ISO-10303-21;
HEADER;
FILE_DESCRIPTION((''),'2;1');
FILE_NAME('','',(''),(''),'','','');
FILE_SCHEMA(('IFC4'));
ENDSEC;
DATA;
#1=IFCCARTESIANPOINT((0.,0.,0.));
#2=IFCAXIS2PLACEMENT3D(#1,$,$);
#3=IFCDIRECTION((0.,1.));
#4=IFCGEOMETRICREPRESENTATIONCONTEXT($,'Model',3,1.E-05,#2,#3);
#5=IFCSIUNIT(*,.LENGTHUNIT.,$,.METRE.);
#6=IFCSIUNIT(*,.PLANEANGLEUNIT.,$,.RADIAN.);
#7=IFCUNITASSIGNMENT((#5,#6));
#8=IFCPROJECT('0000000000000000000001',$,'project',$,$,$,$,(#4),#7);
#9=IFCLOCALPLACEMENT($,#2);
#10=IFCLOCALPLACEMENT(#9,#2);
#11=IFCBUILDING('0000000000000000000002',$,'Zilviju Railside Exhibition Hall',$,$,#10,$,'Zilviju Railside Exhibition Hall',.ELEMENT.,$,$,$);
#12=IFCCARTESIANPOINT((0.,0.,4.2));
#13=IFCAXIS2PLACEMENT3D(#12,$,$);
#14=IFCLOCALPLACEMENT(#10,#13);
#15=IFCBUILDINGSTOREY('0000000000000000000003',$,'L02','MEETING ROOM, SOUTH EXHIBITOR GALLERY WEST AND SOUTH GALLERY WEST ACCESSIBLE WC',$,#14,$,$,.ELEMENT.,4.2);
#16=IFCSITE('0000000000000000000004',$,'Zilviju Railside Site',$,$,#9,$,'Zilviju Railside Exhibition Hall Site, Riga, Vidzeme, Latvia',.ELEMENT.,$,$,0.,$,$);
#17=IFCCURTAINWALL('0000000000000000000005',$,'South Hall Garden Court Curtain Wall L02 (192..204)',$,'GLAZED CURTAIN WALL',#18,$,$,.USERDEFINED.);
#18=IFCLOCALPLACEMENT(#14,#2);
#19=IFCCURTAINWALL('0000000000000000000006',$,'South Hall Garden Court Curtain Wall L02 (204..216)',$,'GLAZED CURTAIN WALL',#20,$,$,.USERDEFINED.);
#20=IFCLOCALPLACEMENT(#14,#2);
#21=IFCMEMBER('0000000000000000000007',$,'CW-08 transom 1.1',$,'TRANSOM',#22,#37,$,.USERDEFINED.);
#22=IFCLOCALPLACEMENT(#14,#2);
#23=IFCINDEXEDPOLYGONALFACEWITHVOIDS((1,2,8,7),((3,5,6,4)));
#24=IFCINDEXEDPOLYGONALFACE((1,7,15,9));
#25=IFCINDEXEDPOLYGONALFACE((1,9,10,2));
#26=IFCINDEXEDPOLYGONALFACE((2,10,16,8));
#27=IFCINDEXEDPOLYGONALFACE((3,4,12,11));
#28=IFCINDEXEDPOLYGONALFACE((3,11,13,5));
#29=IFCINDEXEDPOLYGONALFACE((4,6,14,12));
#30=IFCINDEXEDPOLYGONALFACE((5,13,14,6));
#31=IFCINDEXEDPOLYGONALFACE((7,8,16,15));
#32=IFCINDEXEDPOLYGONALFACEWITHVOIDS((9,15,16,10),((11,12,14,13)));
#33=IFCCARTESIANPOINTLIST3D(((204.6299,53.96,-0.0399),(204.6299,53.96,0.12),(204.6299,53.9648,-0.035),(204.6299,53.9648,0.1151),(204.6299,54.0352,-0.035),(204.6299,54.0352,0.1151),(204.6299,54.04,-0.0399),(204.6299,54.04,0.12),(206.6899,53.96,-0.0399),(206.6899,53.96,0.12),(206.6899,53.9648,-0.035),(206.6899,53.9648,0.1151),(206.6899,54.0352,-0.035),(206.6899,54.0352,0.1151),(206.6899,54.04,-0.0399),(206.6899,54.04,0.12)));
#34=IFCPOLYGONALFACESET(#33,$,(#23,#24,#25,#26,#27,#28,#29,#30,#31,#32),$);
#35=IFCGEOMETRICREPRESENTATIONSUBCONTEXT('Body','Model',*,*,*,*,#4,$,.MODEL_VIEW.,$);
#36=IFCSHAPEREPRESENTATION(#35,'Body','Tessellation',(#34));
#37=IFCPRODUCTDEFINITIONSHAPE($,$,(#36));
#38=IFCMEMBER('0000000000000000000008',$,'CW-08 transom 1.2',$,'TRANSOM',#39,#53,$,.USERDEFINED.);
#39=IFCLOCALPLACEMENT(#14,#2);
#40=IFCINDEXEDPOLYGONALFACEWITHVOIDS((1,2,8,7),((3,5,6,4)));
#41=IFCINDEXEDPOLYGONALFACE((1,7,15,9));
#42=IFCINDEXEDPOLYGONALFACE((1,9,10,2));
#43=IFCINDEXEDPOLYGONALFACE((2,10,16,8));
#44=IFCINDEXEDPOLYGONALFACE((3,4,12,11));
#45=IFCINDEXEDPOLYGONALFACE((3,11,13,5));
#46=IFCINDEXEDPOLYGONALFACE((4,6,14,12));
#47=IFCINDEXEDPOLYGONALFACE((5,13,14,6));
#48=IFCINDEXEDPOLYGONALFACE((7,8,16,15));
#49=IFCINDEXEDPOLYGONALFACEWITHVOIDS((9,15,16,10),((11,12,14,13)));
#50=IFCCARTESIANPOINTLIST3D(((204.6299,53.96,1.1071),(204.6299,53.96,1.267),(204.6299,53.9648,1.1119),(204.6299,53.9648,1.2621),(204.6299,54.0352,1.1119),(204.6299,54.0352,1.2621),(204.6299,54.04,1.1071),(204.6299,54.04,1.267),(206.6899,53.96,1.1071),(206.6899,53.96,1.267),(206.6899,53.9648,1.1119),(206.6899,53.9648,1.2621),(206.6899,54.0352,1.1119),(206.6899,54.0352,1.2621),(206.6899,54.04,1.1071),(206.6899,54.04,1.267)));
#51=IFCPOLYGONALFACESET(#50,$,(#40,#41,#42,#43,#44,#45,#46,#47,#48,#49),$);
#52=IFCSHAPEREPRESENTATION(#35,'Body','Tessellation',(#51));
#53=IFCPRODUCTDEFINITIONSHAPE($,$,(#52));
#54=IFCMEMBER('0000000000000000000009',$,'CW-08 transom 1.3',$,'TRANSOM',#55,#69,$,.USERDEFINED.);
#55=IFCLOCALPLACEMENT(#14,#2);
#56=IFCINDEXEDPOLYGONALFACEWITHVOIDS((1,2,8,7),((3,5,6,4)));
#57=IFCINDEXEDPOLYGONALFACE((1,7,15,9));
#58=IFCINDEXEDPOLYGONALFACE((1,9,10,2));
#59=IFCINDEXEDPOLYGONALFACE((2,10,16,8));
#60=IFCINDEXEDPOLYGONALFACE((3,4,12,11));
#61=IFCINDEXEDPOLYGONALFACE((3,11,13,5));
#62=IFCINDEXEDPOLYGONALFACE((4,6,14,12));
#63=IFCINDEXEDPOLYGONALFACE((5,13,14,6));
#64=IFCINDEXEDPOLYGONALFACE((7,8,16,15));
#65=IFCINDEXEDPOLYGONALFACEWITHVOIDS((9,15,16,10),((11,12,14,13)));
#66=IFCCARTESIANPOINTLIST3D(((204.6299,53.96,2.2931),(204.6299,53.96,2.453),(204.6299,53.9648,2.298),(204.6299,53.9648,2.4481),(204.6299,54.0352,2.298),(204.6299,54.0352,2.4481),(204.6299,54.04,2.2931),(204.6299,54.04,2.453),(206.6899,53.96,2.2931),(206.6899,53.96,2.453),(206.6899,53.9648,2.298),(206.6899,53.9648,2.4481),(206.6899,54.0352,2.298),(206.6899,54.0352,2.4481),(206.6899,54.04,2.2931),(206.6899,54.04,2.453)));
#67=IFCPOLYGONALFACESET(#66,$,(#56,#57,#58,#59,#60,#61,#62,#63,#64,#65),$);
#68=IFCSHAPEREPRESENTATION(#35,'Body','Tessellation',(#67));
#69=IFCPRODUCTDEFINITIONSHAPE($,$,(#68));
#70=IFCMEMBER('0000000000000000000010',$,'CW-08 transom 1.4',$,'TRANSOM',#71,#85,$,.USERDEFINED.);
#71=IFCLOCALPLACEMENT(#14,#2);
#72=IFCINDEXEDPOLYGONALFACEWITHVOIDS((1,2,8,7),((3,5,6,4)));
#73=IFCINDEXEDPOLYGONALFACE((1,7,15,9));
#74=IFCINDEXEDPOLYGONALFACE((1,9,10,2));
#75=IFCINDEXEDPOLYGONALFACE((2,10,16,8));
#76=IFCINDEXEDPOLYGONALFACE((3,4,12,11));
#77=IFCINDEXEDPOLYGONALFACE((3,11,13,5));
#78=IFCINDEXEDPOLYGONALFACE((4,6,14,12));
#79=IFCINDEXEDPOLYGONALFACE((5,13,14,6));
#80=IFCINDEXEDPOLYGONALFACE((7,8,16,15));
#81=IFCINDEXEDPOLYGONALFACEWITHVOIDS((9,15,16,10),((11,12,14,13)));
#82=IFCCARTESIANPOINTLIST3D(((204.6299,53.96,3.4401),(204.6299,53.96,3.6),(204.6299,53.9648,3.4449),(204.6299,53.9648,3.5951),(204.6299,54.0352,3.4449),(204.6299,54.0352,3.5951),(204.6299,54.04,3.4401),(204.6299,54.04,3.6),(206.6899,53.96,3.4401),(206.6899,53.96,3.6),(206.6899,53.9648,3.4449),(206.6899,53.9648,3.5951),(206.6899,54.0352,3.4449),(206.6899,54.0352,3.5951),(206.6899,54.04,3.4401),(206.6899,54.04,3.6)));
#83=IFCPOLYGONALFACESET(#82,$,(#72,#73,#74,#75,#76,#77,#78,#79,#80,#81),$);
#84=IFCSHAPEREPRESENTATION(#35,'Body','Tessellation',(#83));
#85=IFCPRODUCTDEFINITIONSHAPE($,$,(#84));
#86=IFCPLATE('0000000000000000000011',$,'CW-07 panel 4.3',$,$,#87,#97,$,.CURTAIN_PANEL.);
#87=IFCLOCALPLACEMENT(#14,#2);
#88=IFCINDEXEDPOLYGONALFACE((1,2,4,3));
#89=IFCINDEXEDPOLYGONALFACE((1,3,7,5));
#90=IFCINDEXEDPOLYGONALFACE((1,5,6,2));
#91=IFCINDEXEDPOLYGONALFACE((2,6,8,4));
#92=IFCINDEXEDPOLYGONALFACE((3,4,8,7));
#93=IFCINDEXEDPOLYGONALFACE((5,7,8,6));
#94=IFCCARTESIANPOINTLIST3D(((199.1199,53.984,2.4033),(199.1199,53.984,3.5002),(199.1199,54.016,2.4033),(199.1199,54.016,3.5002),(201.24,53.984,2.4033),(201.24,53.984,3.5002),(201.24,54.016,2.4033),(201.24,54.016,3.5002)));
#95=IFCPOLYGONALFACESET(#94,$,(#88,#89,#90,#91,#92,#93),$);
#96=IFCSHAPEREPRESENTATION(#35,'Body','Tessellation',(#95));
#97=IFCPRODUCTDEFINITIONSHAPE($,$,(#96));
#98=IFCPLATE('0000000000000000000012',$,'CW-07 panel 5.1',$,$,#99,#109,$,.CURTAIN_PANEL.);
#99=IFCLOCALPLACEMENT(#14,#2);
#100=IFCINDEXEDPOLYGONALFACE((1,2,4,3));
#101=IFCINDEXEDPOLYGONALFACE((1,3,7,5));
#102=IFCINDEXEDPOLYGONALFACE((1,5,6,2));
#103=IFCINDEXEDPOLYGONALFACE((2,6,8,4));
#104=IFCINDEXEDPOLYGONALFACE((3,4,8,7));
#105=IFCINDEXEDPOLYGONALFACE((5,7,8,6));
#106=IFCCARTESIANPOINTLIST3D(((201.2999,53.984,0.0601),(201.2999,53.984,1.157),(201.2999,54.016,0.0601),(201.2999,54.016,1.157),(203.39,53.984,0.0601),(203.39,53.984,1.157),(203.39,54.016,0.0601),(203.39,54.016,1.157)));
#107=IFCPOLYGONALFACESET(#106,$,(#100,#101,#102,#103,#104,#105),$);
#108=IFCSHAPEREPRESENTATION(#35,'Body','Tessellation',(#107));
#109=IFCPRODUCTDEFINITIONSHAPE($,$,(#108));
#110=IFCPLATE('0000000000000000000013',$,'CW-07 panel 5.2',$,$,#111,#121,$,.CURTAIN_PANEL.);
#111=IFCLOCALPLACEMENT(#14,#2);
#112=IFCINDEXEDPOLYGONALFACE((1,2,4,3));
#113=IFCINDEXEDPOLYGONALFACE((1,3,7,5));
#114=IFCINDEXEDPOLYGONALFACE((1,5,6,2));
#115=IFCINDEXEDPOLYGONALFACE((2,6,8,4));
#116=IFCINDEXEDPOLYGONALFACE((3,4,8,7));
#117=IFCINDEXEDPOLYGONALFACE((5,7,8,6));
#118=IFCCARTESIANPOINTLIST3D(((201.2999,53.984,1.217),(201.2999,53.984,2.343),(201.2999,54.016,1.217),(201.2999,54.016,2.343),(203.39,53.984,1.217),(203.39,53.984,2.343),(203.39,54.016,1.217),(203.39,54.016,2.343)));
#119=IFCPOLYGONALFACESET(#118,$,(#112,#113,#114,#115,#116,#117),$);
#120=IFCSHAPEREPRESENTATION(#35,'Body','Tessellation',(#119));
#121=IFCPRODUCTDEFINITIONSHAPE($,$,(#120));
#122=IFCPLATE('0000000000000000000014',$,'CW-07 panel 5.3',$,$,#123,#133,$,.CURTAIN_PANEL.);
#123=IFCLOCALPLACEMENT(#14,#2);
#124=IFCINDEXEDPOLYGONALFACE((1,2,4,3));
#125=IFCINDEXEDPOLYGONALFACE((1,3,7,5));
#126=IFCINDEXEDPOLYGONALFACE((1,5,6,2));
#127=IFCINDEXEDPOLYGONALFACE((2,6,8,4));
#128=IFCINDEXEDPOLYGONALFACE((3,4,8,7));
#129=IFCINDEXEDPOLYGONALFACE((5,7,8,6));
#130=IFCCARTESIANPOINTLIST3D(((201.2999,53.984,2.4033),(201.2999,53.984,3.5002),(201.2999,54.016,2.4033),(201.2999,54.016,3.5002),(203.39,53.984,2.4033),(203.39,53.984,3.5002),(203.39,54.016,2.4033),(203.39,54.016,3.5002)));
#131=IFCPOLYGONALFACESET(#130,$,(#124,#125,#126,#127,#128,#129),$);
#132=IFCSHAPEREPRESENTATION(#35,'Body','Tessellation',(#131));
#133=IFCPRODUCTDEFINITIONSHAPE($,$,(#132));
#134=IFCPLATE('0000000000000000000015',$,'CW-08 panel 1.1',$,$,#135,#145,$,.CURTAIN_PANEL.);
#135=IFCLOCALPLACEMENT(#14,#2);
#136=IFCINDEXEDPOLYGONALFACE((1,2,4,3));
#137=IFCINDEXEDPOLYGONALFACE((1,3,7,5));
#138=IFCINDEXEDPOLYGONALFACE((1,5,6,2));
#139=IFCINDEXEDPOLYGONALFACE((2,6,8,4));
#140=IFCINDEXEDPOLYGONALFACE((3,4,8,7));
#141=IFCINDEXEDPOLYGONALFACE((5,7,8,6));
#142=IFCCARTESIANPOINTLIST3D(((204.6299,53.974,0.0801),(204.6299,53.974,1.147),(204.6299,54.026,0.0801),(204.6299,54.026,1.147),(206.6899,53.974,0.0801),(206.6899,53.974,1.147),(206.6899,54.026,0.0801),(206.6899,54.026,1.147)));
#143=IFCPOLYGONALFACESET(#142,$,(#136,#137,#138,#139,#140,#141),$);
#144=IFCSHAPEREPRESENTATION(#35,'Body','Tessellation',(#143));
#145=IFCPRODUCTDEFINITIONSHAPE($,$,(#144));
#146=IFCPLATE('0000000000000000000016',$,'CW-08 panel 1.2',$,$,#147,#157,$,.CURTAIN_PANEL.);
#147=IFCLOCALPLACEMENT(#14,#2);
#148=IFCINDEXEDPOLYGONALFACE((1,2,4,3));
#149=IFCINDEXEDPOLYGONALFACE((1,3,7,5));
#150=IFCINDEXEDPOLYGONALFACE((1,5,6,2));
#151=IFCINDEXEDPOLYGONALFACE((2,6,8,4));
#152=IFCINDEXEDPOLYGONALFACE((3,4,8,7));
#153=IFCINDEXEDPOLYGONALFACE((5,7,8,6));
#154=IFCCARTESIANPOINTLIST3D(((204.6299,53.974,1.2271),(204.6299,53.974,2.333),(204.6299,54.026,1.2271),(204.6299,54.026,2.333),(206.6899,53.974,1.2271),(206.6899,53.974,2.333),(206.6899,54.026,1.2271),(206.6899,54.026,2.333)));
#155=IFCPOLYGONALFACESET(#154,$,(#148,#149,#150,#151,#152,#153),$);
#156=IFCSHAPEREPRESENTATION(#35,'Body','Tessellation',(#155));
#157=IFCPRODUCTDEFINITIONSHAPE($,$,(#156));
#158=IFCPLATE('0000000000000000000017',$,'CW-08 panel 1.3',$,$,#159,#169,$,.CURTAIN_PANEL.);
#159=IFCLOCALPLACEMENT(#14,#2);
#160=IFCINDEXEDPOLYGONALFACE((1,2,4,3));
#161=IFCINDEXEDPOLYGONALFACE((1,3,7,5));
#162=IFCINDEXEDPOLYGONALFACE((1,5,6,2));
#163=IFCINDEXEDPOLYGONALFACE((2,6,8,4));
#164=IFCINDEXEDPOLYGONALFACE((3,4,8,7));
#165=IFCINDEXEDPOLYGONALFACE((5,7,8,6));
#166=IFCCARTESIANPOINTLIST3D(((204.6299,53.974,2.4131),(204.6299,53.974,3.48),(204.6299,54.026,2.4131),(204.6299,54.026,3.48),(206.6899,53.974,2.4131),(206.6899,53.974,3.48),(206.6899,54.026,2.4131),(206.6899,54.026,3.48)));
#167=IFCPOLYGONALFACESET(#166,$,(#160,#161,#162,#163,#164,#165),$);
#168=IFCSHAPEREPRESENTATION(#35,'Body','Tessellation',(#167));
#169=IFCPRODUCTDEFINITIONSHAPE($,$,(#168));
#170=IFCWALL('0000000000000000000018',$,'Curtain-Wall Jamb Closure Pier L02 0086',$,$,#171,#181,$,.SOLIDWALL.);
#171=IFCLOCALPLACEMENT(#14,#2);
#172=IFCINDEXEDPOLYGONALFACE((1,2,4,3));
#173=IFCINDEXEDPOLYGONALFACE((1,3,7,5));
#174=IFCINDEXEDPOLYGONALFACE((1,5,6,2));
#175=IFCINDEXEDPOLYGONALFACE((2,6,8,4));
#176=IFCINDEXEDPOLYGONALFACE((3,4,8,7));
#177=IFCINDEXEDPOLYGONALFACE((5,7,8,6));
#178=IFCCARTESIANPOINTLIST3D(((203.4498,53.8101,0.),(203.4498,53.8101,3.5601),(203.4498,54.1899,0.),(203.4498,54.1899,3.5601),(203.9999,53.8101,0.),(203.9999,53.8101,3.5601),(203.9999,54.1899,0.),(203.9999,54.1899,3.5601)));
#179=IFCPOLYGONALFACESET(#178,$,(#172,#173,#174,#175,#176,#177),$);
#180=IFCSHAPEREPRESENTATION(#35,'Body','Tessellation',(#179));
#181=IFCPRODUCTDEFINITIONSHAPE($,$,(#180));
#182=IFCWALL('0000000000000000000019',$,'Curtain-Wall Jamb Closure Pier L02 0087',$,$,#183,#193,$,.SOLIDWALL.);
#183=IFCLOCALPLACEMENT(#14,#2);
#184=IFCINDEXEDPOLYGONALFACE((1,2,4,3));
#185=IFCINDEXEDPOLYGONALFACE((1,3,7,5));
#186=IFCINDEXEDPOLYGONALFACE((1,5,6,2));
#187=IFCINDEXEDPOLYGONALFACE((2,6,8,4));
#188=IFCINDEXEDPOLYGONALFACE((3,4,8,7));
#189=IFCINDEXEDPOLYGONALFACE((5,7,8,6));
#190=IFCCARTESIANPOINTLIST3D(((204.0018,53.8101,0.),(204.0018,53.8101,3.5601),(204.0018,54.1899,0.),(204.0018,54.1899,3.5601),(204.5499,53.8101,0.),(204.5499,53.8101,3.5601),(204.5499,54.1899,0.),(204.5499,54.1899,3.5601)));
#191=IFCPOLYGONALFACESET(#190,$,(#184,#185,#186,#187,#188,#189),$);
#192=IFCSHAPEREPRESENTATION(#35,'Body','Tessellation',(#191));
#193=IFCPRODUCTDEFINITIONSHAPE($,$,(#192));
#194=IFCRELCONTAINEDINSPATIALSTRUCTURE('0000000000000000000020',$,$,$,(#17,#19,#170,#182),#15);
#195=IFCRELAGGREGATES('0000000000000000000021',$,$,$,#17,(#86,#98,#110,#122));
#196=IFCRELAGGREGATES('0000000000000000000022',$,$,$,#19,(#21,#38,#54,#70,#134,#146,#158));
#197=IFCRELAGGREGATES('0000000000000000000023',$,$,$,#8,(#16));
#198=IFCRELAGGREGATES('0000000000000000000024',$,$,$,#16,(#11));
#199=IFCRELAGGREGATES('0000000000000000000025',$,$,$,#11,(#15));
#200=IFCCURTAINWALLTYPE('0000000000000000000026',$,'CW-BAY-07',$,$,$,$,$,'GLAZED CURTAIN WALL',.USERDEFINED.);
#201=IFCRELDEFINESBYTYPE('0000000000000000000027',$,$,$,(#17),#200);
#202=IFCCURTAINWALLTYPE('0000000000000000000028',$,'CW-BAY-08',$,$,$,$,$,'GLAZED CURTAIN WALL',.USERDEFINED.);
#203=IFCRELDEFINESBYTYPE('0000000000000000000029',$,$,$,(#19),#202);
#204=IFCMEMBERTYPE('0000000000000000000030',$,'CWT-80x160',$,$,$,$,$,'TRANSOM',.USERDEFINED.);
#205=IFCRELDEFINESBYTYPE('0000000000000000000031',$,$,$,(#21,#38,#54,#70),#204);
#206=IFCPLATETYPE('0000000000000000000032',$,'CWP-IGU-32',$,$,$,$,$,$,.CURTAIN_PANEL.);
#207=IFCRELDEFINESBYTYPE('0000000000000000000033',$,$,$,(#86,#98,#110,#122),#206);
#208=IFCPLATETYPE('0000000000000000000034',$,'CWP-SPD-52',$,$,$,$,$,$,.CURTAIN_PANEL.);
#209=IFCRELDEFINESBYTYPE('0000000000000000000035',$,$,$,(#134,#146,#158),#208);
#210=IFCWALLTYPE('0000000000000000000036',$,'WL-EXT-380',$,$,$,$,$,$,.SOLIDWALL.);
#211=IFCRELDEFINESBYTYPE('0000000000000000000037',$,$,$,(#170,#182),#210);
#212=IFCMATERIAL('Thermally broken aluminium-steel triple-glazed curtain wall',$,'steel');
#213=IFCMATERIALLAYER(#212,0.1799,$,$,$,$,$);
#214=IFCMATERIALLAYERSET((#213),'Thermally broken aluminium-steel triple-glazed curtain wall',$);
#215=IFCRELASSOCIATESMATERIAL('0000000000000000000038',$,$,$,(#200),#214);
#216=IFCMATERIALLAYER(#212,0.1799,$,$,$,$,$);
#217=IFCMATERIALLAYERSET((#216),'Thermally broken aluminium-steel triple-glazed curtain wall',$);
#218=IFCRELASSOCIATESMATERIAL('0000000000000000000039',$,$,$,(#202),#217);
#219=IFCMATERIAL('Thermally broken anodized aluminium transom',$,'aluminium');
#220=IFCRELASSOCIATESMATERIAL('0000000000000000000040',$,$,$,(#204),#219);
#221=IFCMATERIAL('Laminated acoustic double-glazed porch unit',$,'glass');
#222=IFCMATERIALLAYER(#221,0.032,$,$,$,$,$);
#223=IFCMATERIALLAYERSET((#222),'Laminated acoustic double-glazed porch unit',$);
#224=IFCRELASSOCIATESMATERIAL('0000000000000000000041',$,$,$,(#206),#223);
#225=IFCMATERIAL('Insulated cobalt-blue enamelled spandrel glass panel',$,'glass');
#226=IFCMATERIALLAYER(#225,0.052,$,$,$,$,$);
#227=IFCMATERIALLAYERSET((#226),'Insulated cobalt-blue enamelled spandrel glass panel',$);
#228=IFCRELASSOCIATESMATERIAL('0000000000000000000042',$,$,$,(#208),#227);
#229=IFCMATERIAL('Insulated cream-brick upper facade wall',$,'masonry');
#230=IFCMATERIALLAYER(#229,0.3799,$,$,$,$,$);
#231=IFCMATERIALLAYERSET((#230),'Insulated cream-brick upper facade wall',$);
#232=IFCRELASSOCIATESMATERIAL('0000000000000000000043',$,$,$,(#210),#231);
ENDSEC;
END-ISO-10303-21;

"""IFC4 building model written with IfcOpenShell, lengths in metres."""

from ifc_helpers import new_model, si_unit, direction, frame, frame_2d, origin, origin_2d, place, context, subcontext, project, spatial, rectangle, hollow_rectangle, extrude, material, layer, layer_set, material_profile, profile_set, type_object, element, aggregate, save


model = new_model("IFC4")

# Units and contexts
model_context = context("Model", 3, precision=1e-05, world=origin(), true_north=direction((0.0, 1.0)))
body_context = subcontext(model_context, "Body", "Model", "MODEL_VIEW")
ifc_project = project(units=[si_unit("LENGTHUNIT", "METRE"), si_unit("PLANEANGLEUNIT", "RADIAN")], contexts=[model_context])

# Site, building, storey
site_placement = place(None, origin())
site = spatial("IfcSite", under=ifc_project, at=site_placement, Name="Zilviju Railside Site", LongName="Zilviju Railside Exhibition Hall Site, Riga, Vidzeme, Latvia", CompositionType="ELEMENT", RefElevation=0.0)
building_placement = place(site_placement, origin())
building = spatial("IfcBuilding", under=site, at=building_placement, Name="Zilviju Railside Exhibition Hall", LongName="Zilviju Railside Exhibition Hall", CompositionType="ELEMENT")
storey_placement = place(building_placement, frame((0.0, 0.0, 4.2)))
storey = spatial("IfcBuildingStorey", under=building, at=storey_placement, Name="L02", Description="MEETING ROOM, SOUTH EXHIBITOR GALLERY WEST AND SOUTH GALLERY WEST ACCESSIBLE WC", CompositionType="ELEMENT", Elevation=4.2)

# Curtain walls
ifc_material_1 = material(Name="Thermally broken aluminium-steel triple-glazed curtain wall", Category="steel")
ifc_layer_1 = layer(ifc_material_1, 0.1799)
ifc_layer_set_1 = layer_set([ifc_layer_1], Name="Thermally broken aluminium-steel triple-glazed curtain wall")
curtain_wall_type_1 = type_object("IfcCurtainWallType", Name="CW-BAY-07", ElementType="GLAZED CURTAIN WALL", PredefinedType="USERDEFINED", material=ifc_layer_set_1)
curtain_wall_1_placement = place(storey_placement, origin())
curtain_wall_1 = element("IfcCurtainWall", 1, at=curtain_wall_1_placement, inside=storey, type_object=curtain_wall_type_1, Name="South Hall Garden Court Curtain Wall L02 (192..204)", ObjectType="GLAZED CURTAIN WALL", PredefinedType="USERDEFINED")
ifc_layer_2 = layer(ifc_material_1, 0.1799)
ifc_layer_set_2 = layer_set([ifc_layer_2], Name="Thermally broken aluminium-steel triple-glazed curtain wall")
curtain_wall_type_2 = type_object("IfcCurtainWallType", Name="CW-BAY-08", ElementType="GLAZED CURTAIN WALL", PredefinedType="USERDEFINED", material=ifc_layer_set_2)
curtain_wall_2_placement = place(storey_placement, origin())
curtain_wall_2 = element("IfcCurtainWall", 2, at=curtain_wall_2_placement, inside=storey, type_object=curtain_wall_type_2, Name="South Hall Garden Court Curtain Wall L02 (204..216)", ObjectType="GLAZED CURTAIN WALL", PredefinedType="USERDEFINED")

# Members
ifc_material_2 = material(Name="Thermally broken anodized aluminium transom", Category="aluminium")
ifc_material_profile_1 = material_profile(ifc_material_2, hollow_rectangle(XDim=0.0801, YDim=0.1599, WallThickness=0.0049, at=origin_2d()), Name="TRANSOM 160x80x5")
ifc_profile_set_1 = profile_set([ifc_material_profile_1], Name="Thermally broken anodized aluminium transom")
member_type_1 = type_object("IfcMemberType", Name="CWT-80x160", ElementType="TRANSOM", PredefinedType="USERDEFINED", material=ifc_profile_set_1)
member_1_placement = place(storey_placement, frame((204.6299, 54.0, 0.04), z_axis=(1.0, 0.0, 0.0), x_axis=(0.0, 1.0, 0.0)))
member_1 = element("IfcMember", 3, at=member_1_placement, type_object=member_type_1, Name="CW-08 transom 1.1", ObjectType="TRANSOM", PredefinedType="USERDEFINED", context=body_context, shape_type="SweptSolid", body=[
    extrude(hollow_rectangle(XDim=0.0801, YDim=0.1599, WallThickness=0.0049, at=origin_2d()), origin(), (0.0, 0.0, 1.0), 2.0601),
])
member_2_placement = place(storey_placement, frame((204.6299, 54.0, 1.187), z_axis=(1.0, 0.0, 0.0), x_axis=(0.0, 1.0, 0.0)))
member_2 = element("IfcMember", 4, at=member_2_placement, type_object=member_type_1, Name="CW-08 transom 1.2", ObjectType="TRANSOM", PredefinedType="USERDEFINED", context=body_context, shape_type="SweptSolid", body=[
    extrude(hollow_rectangle(XDim=0.0801, YDim=0.1599, WallThickness=0.0049, at=origin_2d()), origin(), (0.0, 0.0, 1.0), 2.0601),
])
member_3_placement = place(storey_placement, frame((204.6299, 54.0, 2.373), z_axis=(1.0, 0.0, 0.0), x_axis=(0.0, 1.0, 0.0)))
member_3 = element("IfcMember", 5, at=member_3_placement, type_object=member_type_1, Name="CW-08 transom 1.3", ObjectType="TRANSOM", PredefinedType="USERDEFINED", context=body_context, shape_type="SweptSolid", body=[
    extrude(hollow_rectangle(XDim=0.0801, YDim=0.1599, WallThickness=0.0049, at=origin_2d()), origin(), (0.0, 0.0, 1.0), 2.0601),
])
member_4_placement = place(storey_placement, frame((204.6299, 54.0, 3.52), z_axis=(1.0, 0.0, 0.0), x_axis=(0.0, 1.0, 0.0)))
member_4 = element("IfcMember", 6, at=member_4_placement, type_object=member_type_1, Name="CW-08 transom 1.4", ObjectType="TRANSOM", PredefinedType="USERDEFINED", context=body_context, shape_type="SweptSolid", body=[
    extrude(hollow_rectangle(XDim=0.0801, YDim=0.1599, WallThickness=0.0049, at=origin_2d()), origin(), (0.0, 0.0, 1.0), 2.0601),
])

# Plates
ifc_material_3 = material(Name="Laminated acoustic double-glazed porch unit", Category="glass")
ifc_layer_3 = layer(ifc_material_3, 0.032)
ifc_layer_set_3 = layer_set([ifc_layer_3], Name="Laminated acoustic double-glazed porch unit")
plate_type_1 = type_object("IfcPlateType", Name="CWP-IGU-32", PredefinedType="CURTAIN_PANEL", material=ifc_layer_set_3)
plate_1_placement = place(storey_placement, frame((200.1799, 54.0, 2.4033), z_axis=(0.0, 0.0, 1.0), x_axis=(1.0, 0.0, 0.0)))
plate_1 = element("IfcPlate", 7, at=plate_1_placement, type_object=plate_type_1, Name="CW-07 panel 4.3", PredefinedType="CURTAIN_PANEL", context=body_context, shape_type="SweptSolid", body=[
    extrude(rectangle(XDim=2.1201, YDim=0.032, at=origin_2d()), origin(), (0.0, 0.0, 1.0), 1.0969),
])
plate_2_placement = place(storey_placement, frame((202.345, 54.0, 0.0601), z_axis=(0.0, 0.0, 1.0), x_axis=(1.0, 0.0, 0.0)))
plate_2 = element("IfcPlate", 8, at=plate_2_placement, type_object=plate_type_1, Name="CW-07 panel 5.1", PredefinedType="CURTAIN_PANEL", context=body_context, shape_type="SweptSolid", body=[
    extrude(rectangle(XDim=2.0901, YDim=0.032, at=origin_2d()), origin(), (0.0, 0.0, 1.0), 1.0969),
])
plate_3_placement = place(storey_placement, frame((202.345, 54.0, 1.217), z_axis=(0.0, 0.0, 1.0), x_axis=(1.0, 0.0, 0.0)))
plate_3 = element("IfcPlate", 9, at=plate_3_placement, type_object=plate_type_1, Name="CW-07 panel 5.2", PredefinedType="CURTAIN_PANEL", context=body_context, shape_type="SweptSolid", body=[
    extrude(rectangle(XDim=2.0901, YDim=0.032, at=origin_2d()), origin(), (0.0, 0.0, 1.0), 1.126),
])
plate_4_placement = place(storey_placement, frame((202.345, 54.0, 2.4033), z_axis=(0.0, 0.0, 1.0), x_axis=(1.0, 0.0, 0.0)))
plate_4 = element("IfcPlate", 10, at=plate_4_placement, type_object=plate_type_1, Name="CW-07 panel 5.3", PredefinedType="CURTAIN_PANEL", context=body_context, shape_type="SweptSolid", body=[
    extrude(rectangle(XDim=2.0901, YDim=0.032, at=origin_2d()), origin(), (0.0, 0.0, 1.0), 1.0969),
])
aggregate(curtain_wall_1, [plate_1, plate_2, plate_3, plate_4])
ifc_material_4 = material(Name="Insulated cobalt-blue enamelled spandrel glass panel", Category="glass")
ifc_layer_4 = layer(ifc_material_4, 0.052)
ifc_layer_set_4 = layer_set([ifc_layer_4], Name="Insulated cobalt-blue enamelled spandrel glass panel")
plate_type_2 = type_object("IfcPlateType", Name="CWP-SPD-52", PredefinedType="CURTAIN_PANEL", material=ifc_layer_set_4)
plate_5_placement = place(storey_placement, frame((205.6599, 54.0, 0.0801), z_axis=(0.0, 0.0, 1.0), x_axis=(1.0, 0.0, 0.0)))
plate_5 = element("IfcPlate", 11, at=plate_5_placement, type_object=plate_type_2, Name="CW-08 panel 1.1", PredefinedType="CURTAIN_PANEL", context=body_context, shape_type="SweptSolid", body=[
    extrude(rectangle(XDim=2.0601, YDim=0.052, at=origin_2d()), origin(), (0.0, 0.0, 1.0), 1.0669),
])
plate_6_placement = place(storey_placement, frame((205.6599, 54.0, 1.2271), z_axis=(0.0, 0.0, 1.0), x_axis=(1.0, 0.0, 0.0)))
plate_6 = element("IfcPlate", 12, at=plate_6_placement, type_object=plate_type_2, Name="CW-08 panel 1.2", PredefinedType="CURTAIN_PANEL", context=body_context, shape_type="SweptSolid", body=[
    extrude(rectangle(XDim=2.0601, YDim=0.052, at=origin_2d()), origin(), (0.0, 0.0, 1.0), 1.106),
])
plate_7_placement = place(storey_placement, frame((205.6599, 54.0, 2.4131), z_axis=(0.0, 0.0, 1.0), x_axis=(1.0, 0.0, 0.0)))
plate_7 = element("IfcPlate", 13, at=plate_7_placement, type_object=plate_type_2, Name="CW-08 panel 1.3", PredefinedType="CURTAIN_PANEL", context=body_context, shape_type="SweptSolid", body=[
    extrude(rectangle(XDim=2.0601, YDim=0.052, at=origin_2d()), origin(), (0.0, 0.0, 1.0), 1.0669),
])
aggregate(curtain_wall_2, [member_1, member_2, member_3, member_4, plate_5, plate_6, plate_7])

# Walls
ifc_material_5 = material(Name="Insulated cream-brick upper facade wall", Category="masonry")
ifc_layer_5 = layer(ifc_material_5, 0.3799)
ifc_layer_set_5 = layer_set([ifc_layer_5], Name="Insulated cream-brick upper facade wall")
wall_type = type_object("IfcWallType", Name="WL-EXT-380", PredefinedType="SOLIDWALL", material=ifc_layer_set_5)
wall_1_placement = place(storey_placement, frame((203.45, 54.0, 0.0), z_axis=(0.0, 0.0, 1.0), x_axis=(1.0, 0.0, 0.0)))
element("IfcWall", 14, at=wall_1_placement, inside=storey, type_object=wall_type, Name="Curtain-Wall Jamb Closure Pier L02 0086", PredefinedType="SOLIDWALL", context=body_context, shape_type="SweptSolid", body=[
    extrude(rectangle(XDim=0.55, YDim=0.3799, at=frame_2d((0.2749, 0.0))), origin(), (0.0, 0.0, 1.0), 3.5601),
])
wall_2_placement = place(storey_placement, frame((204.002, 54.0, 0.0), z_axis=(0.0, 0.0, 1.0), x_axis=(1.0, 0.0, 0.0)))
element("IfcWall", 15, at=wall_2_placement, inside=storey, type_object=wall_type, Name="Curtain-Wall Jamb Closure Pier L02 0087", PredefinedType="SOLIDWALL", context=body_context, shape_type="SweptSolid", body=[
    extrude(rectangle(XDim=0.5481, YDim=0.3799, at=frame_2d((0.2739, 0.0))), origin(), (0.0, 0.0, 1.0), 3.5601),
])

save(model, "model.ifc")
